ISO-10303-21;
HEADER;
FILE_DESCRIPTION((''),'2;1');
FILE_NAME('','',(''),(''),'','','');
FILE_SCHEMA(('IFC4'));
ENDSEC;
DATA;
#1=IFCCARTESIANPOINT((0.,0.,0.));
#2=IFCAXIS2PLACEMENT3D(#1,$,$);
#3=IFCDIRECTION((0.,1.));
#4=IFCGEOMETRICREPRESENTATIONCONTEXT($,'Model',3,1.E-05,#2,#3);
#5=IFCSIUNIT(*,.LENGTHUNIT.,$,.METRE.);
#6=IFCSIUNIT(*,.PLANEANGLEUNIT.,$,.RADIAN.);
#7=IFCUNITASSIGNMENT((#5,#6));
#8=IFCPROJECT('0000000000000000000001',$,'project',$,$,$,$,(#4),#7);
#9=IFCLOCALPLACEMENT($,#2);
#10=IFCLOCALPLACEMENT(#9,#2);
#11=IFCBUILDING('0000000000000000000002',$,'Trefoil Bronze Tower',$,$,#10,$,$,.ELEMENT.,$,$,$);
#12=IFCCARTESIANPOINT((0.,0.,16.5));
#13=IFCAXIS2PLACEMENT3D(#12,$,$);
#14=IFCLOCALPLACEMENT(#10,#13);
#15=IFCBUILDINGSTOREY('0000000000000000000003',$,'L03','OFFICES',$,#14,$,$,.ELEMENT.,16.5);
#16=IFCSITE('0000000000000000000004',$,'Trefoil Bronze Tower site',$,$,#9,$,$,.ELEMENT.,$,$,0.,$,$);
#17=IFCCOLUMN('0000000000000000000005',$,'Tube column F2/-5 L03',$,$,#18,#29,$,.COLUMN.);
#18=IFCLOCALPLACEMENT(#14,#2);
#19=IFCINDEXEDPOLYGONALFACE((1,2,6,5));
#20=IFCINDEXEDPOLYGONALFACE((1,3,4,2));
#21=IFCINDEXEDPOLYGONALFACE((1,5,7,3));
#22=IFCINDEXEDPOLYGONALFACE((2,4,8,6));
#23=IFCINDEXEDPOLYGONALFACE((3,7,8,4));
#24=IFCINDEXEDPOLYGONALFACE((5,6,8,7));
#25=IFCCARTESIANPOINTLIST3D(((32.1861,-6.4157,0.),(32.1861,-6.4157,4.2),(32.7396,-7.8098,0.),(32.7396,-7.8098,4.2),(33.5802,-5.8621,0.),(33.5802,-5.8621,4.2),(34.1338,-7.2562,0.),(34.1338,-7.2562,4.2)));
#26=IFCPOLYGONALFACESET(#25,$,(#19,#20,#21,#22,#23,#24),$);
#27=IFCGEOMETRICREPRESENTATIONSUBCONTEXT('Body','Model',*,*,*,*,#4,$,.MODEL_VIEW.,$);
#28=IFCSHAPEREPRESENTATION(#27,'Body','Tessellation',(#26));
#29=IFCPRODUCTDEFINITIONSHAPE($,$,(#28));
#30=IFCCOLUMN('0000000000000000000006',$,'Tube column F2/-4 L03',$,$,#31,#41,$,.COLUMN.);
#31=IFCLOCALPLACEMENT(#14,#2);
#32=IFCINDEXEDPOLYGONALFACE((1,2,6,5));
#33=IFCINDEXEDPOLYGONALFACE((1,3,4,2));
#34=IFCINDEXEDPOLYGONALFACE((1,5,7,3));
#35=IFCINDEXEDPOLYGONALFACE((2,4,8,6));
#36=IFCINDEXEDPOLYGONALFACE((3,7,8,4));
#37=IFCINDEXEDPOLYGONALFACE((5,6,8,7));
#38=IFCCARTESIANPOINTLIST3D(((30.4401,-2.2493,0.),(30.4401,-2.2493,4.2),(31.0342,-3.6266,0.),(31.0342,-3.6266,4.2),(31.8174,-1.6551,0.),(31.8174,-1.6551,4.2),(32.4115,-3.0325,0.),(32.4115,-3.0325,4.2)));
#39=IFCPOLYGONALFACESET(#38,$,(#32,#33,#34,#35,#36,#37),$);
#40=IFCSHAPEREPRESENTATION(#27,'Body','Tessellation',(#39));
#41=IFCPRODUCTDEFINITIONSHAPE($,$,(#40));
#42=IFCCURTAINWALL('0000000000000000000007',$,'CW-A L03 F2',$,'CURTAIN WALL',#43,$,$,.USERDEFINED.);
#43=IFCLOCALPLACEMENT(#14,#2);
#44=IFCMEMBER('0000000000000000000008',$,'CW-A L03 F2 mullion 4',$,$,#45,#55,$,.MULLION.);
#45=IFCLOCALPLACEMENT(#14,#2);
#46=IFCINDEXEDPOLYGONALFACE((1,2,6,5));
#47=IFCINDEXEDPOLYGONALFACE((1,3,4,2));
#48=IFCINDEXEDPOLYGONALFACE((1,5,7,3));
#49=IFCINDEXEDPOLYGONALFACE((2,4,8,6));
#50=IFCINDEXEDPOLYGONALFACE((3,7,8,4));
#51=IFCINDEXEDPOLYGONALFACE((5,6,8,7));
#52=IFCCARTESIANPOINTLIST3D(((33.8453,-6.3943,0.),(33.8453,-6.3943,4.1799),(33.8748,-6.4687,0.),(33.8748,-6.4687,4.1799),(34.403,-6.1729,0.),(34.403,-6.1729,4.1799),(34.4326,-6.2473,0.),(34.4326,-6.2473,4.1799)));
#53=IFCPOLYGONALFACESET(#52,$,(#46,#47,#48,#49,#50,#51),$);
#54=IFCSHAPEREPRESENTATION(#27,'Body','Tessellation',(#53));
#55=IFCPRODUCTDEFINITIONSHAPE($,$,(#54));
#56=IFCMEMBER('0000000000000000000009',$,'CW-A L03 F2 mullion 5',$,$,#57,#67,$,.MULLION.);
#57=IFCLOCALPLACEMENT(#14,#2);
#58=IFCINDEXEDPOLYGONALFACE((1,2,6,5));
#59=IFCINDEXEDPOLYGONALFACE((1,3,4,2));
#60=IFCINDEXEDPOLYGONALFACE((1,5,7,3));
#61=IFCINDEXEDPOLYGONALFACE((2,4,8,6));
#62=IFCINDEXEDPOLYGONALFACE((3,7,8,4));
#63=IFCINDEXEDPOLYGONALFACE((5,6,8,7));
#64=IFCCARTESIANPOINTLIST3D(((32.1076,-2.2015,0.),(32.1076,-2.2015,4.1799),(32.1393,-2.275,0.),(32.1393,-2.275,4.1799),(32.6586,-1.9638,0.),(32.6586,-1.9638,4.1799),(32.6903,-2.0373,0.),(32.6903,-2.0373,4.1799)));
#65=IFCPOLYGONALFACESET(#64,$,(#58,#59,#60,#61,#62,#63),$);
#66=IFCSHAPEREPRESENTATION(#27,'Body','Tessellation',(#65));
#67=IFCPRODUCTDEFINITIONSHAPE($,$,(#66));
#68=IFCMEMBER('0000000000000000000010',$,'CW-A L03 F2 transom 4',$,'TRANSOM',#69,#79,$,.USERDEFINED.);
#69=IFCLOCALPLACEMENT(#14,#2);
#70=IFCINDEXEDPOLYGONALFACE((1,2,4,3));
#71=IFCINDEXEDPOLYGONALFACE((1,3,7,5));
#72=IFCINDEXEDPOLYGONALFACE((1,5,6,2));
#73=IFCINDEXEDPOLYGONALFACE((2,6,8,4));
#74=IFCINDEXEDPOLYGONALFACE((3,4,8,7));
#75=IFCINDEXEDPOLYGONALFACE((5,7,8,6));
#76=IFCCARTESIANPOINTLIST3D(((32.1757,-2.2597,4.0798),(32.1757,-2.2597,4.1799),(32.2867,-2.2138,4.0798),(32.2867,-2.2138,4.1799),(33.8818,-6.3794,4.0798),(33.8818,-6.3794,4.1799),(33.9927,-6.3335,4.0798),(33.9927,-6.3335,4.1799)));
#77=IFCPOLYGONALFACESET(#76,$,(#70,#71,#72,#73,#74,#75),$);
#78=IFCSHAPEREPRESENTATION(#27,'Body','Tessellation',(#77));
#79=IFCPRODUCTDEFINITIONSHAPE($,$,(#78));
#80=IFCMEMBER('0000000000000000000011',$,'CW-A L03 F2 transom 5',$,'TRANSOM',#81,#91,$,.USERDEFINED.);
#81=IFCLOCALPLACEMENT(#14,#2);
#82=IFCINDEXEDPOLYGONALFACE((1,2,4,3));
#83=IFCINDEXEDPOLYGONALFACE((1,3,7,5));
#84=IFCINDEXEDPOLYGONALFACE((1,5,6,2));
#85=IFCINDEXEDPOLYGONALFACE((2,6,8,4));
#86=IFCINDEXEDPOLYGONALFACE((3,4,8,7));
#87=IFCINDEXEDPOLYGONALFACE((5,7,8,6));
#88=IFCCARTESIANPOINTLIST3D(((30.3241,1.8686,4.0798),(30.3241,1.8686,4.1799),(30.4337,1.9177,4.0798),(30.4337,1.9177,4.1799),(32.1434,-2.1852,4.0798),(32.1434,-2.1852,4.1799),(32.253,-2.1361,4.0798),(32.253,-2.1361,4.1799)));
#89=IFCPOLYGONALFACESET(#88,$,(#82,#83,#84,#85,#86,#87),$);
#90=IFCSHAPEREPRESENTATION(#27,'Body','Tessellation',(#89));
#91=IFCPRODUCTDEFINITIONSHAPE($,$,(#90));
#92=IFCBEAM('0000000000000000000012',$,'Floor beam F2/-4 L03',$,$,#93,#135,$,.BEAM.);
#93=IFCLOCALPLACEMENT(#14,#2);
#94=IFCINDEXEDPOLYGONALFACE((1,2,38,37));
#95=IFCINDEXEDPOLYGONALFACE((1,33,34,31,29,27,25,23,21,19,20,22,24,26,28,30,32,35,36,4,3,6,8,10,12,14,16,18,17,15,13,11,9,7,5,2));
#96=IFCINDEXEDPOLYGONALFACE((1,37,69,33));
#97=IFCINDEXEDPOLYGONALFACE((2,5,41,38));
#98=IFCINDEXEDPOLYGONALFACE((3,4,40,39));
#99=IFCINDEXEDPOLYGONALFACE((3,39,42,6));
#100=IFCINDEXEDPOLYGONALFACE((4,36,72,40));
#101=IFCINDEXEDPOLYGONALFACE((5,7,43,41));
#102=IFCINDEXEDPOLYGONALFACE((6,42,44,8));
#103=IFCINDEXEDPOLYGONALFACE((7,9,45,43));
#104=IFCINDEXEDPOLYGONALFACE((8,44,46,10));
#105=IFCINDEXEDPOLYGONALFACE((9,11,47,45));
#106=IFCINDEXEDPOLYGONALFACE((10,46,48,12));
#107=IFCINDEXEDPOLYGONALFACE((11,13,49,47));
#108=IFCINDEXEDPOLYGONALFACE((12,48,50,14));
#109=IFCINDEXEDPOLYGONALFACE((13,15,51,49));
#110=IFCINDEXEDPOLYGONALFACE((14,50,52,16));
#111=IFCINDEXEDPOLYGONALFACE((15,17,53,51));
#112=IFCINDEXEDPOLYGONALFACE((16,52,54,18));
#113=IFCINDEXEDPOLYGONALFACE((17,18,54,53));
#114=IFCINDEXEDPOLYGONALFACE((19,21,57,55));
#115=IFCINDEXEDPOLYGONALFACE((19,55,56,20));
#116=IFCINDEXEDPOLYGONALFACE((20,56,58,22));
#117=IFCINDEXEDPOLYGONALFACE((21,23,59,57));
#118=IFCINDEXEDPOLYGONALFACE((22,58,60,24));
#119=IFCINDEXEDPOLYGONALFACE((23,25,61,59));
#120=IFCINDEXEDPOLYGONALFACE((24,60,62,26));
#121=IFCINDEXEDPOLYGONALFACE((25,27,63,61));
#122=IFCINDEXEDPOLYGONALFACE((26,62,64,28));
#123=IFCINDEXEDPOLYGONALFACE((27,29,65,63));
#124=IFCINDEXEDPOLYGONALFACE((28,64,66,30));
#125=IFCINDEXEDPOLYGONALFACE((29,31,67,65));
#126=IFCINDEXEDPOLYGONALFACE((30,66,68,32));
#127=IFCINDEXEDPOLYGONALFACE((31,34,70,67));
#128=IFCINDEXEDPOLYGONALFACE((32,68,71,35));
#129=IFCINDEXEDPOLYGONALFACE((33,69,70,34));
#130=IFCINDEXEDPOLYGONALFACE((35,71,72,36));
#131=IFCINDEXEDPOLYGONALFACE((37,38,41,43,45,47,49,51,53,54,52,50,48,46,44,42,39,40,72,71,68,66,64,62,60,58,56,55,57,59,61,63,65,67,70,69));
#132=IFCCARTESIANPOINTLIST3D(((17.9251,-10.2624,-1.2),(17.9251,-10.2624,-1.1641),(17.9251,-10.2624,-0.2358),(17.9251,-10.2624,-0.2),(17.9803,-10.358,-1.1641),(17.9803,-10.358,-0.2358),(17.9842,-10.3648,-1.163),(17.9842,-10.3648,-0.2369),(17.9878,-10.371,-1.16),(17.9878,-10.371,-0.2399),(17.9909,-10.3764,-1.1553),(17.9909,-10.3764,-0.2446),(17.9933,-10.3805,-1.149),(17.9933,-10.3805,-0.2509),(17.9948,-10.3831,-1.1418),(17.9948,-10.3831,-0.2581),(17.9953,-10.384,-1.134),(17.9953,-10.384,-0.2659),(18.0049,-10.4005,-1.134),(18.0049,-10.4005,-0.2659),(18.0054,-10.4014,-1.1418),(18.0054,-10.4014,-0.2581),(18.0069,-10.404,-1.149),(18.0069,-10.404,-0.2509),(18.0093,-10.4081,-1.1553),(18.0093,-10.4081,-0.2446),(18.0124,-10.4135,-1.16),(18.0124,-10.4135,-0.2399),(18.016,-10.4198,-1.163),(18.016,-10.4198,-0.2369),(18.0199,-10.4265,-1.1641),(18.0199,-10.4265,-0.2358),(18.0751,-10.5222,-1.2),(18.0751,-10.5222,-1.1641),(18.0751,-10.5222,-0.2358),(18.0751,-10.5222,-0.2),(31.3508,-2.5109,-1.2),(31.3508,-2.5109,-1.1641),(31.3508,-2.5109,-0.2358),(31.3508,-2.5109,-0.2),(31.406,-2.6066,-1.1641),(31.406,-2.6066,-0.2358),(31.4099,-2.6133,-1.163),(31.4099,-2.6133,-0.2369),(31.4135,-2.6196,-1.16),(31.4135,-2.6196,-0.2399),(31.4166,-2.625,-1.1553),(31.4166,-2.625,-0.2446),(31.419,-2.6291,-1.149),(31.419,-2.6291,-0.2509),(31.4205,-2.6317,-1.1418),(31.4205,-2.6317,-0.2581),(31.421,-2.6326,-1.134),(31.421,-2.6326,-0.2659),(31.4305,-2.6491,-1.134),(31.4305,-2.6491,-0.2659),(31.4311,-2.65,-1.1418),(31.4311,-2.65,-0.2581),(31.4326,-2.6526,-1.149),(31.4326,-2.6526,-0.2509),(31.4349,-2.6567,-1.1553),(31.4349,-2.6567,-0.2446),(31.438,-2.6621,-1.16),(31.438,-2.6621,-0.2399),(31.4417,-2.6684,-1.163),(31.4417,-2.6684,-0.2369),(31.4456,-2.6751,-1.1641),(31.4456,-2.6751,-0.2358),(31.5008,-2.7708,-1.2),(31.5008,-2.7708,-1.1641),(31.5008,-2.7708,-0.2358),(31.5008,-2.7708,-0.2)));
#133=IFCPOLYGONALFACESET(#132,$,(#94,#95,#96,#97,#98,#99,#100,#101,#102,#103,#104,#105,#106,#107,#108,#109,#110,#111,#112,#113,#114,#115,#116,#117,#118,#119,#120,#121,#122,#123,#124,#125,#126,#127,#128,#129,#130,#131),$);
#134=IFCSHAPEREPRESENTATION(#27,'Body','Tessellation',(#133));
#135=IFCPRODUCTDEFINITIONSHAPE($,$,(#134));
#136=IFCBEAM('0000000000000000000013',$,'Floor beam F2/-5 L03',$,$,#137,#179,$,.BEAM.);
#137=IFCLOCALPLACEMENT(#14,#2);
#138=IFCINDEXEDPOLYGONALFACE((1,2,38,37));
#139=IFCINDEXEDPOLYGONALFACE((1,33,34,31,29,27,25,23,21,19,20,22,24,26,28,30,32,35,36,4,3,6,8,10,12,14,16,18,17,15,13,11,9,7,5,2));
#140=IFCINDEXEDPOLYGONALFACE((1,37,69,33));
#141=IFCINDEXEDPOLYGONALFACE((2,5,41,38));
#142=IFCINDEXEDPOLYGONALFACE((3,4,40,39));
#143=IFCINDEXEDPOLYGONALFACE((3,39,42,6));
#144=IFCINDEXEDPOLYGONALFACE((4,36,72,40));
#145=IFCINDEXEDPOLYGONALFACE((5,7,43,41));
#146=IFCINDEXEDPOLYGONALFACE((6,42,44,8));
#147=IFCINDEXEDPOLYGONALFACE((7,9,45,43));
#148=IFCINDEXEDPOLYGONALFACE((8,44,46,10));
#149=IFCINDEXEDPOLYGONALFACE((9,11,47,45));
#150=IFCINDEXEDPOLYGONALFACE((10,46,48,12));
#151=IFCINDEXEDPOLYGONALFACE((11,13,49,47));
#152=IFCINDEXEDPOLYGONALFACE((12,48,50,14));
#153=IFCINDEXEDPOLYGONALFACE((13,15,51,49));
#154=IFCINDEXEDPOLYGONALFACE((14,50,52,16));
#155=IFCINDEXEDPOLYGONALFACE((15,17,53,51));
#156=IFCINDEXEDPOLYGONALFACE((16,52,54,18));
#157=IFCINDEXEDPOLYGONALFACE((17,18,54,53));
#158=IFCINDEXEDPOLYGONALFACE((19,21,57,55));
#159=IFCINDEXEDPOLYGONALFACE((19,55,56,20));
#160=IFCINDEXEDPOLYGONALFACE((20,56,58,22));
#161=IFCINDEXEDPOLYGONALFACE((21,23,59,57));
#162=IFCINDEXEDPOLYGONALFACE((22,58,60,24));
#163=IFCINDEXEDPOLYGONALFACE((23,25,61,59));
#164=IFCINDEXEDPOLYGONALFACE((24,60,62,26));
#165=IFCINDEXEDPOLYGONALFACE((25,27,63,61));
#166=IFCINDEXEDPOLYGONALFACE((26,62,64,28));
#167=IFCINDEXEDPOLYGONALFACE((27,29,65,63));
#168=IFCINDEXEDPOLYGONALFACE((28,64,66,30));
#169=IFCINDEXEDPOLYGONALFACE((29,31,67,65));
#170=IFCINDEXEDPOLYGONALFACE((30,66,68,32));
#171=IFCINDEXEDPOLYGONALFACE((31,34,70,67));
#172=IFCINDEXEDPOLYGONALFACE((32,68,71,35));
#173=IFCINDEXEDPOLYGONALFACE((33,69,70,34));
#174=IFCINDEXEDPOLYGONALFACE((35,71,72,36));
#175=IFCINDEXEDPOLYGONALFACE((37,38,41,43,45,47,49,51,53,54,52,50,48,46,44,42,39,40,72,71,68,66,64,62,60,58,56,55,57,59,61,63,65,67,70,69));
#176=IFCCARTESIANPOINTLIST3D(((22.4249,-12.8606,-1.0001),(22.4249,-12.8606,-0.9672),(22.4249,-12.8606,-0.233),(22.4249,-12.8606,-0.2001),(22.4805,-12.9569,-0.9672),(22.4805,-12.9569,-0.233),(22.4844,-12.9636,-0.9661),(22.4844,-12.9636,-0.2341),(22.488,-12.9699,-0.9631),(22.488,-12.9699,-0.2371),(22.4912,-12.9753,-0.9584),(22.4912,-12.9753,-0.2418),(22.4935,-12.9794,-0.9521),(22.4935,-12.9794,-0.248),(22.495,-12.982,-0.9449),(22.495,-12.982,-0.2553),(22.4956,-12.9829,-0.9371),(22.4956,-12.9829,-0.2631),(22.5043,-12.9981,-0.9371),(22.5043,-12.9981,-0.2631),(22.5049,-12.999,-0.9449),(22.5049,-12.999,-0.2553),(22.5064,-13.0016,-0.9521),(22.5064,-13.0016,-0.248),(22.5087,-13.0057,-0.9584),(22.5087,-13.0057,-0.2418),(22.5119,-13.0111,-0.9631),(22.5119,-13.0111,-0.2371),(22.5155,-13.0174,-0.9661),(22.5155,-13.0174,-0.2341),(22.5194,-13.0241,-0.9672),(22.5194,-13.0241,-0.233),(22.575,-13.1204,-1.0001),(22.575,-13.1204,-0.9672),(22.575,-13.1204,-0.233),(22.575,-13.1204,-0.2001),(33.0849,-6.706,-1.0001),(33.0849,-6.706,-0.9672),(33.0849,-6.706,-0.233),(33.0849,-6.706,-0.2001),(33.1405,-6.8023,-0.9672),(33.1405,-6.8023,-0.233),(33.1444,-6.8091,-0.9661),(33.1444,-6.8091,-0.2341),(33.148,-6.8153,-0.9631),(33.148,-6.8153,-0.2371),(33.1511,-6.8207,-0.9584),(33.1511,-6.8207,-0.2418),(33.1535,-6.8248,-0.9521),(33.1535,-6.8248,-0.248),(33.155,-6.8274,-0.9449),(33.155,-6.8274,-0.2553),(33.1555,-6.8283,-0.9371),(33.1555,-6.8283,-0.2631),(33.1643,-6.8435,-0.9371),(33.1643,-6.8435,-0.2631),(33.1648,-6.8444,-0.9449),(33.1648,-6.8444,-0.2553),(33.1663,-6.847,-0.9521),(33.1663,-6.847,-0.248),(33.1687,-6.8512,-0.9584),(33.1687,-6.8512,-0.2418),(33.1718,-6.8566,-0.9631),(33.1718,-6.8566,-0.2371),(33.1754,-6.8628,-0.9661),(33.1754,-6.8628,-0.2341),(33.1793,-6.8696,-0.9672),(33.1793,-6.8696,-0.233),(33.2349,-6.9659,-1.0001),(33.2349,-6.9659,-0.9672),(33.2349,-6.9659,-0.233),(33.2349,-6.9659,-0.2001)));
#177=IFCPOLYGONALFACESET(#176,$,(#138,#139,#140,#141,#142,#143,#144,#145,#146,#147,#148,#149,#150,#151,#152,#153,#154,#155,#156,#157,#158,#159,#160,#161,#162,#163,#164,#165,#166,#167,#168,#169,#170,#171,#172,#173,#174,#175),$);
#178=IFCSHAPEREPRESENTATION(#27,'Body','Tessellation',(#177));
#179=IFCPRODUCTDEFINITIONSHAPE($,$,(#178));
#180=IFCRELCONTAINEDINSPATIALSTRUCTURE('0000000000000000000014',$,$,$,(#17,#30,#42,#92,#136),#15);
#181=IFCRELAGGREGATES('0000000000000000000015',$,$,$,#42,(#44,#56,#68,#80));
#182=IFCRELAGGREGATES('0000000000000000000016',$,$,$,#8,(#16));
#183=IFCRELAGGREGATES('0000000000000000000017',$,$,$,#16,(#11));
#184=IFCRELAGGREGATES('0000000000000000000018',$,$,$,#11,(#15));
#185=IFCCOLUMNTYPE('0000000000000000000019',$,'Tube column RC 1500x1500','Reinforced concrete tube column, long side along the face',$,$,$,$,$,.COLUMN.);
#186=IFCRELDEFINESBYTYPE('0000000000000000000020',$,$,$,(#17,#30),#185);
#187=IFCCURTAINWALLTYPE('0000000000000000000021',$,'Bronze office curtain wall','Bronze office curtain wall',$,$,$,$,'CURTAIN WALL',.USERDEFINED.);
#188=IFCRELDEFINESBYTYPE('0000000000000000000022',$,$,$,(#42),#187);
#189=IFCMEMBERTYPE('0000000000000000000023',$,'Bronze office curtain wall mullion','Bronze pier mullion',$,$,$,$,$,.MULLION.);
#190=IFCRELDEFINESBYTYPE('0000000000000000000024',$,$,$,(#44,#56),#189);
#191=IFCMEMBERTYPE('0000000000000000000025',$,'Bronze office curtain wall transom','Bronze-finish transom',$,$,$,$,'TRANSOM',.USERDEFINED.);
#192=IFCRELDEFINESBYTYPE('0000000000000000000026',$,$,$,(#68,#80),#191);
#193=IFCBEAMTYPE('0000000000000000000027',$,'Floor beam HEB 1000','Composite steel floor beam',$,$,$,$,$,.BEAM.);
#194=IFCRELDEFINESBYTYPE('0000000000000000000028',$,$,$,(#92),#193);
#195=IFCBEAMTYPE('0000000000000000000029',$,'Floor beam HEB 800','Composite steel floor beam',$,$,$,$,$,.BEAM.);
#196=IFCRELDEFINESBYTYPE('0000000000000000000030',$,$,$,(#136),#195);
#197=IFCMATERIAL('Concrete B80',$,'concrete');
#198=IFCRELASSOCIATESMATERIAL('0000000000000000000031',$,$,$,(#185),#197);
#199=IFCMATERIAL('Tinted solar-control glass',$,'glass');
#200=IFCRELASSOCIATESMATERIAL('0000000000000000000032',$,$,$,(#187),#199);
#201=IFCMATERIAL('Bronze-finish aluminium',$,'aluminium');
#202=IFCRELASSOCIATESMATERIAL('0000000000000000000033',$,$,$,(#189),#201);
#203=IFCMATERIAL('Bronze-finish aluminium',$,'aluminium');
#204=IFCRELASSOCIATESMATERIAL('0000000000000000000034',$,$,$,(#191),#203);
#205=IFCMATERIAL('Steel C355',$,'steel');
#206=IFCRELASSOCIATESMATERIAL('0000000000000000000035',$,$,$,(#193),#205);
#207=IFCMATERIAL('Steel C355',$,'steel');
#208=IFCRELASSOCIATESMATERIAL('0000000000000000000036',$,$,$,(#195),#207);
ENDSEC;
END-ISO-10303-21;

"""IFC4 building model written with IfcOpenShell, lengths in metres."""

from ifc_helpers import new_model, si_unit, direction, frame, origin, origin_2d, place, context, subcontext, project, spatial, rectangle, i_section, extrude, material, material_profile, profile_set, type_object, element, aggregate, save


model = new_model("IFC4")

# Units and contexts
model_context = context("Model", 3, precision=1e-05, world=origin(), true_north=direction((0.0, 1.0)))
body_context = subcontext(model_context, "Body", "Model", "MODEL_VIEW")
ifc_project = project(units=[si_unit("LENGTHUNIT", "METRE"), si_unit("PLANEANGLEUNIT", "RADIAN")], contexts=[model_context])

# Site, building, storey
site_placement = place(None, origin())
site = spatial("IfcSite", under=ifc_project, at=site_placement, Name="Trefoil Bronze Tower site", CompositionType="ELEMENT", RefElevation=0.0)
building_placement = place(site_placement, origin())
building = spatial("IfcBuilding", under=site, at=building_placement, Name="Trefoil Bronze Tower", CompositionType="ELEMENT")
storey_placement = place(building_placement, frame((0.0, 0.0, 16.5)))
storey = spatial("IfcBuildingStorey", under=building, at=storey_placement, Name="L03", Description="OFFICES", CompositionType="ELEMENT", Elevation=16.5)

# Columns
ifc_material_1 = material(Name="Concrete B80", Category="concrete")
ifc_material_profile_1 = material_profile(ifc_material_1, rectangle(XDim=1.5, YDim=1.5, at=origin_2d()), Name="RC 1500x1500")
ifc_profile_set_1 = profile_set([ifc_material_profile_1], Name="Concrete B80")
column_type = type_object("IfcColumnType", Name="Tube column RC 1500x1500", Description="Reinforced concrete tube column, long side along the face", PredefinedType="COLUMN", material=ifc_profile_set_1)
for number, where, z_axis, x_axis, name in (
    (1, (33.1599, -6.8359, 0.0), (0.0, 0.0, 1.0), (-0.36904, 0.929414, 0.0), "Tube column F2/-5 L03"),
    (2, (31.4258, -2.6409, 0.0), (0.0, 0.0, 1.0), (-0.396085, 0.918214, 0.0), "Tube column F2/-4 L03"),
):
    element("IfcColumn", number, at=place(storey_placement, frame(where, z_axis=z_axis, x_axis=x_axis)), inside=storey, type_object=column_type, Name=name, PredefinedType="COLUMN", context=body_context, shape_type="SweptSolid", body=[
        extrude(rectangle(XDim=1.5, YDim=1.5, at=origin_2d()), origin(), (0.0, 0.0, 1.0), 4.2),
    ])

# Curtain wall, members
ifc_material_2 = material(Name="Tinted solar-control glass", Category="glass")
curtain_wall_type = type_object("IfcCurtainWallType", Name="Bronze office curtain wall", Description="Bronze office curtain wall", ElementType="CURTAIN WALL", PredefinedType="USERDEFINED", material=ifc_material_2)
curtain_wall_placement = place(storey_placement, origin())
curtain_wall = element("IfcCurtainWall", 3, at=curtain_wall_placement, inside=storey, type_object=curtain_wall_type, Name="CW-A L03 F2", ObjectType="CURTAIN WALL", PredefinedType="USERDEFINED")
ifc_material_3 = material(Name="Bronze-finish aluminium", Category="aluminium")
ifc_material_profile_2 = material_profile(ifc_material_3, rectangle(XDim=0.6001, YDim=0.0801, at=origin_2d()), Name="CW-A mullion")
ifc_profile_set_2 = profile_set([ifc_material_profile_2], Name="Bronze-finish aluminium")
member_type_1 = type_object("IfcMemberType", Name="Bronze office curtain wall mullion", Description="Bronze pier mullion", PredefinedType="MULLION", material=ifc_profile_set_2)
member_1_placement = place(storey_placement, frame((34.1389, -6.3208, 0.0), z_axis=(0.0, 0.0, 1.0), x_axis=(-0.929414, -0.36904, 0.0)))
member_1 = element("IfcMember", 4, at=member_1_placement, type_object=member_type_1, Name="CW-A L03 F2 mullion 4", PredefinedType="MULLION", context=body_context, shape_type="SweptSolid", body=[
    extrude(rectangle(XDim=0.6001, YDim=0.0801, at=origin_2d()), origin(), (0.0, 0.0, 1.0), 4.1799),
])
member_2_placement = place(storey_placement, frame((32.3989, -2.1194, 0.0), z_axis=(0.0, 0.0, 1.0), x_axis=(-0.918214, -0.396085, 0.0)))
member_2 = element("IfcMember", 5, at=member_2_placement, type_object=member_type_1, Name="CW-A L03 F2 mullion 5", PredefinedType="MULLION", context=body_context, shape_type="SweptSolid", body=[
    extrude(rectangle(XDim=0.6001, YDim=0.0801, at=origin_2d()), origin(), (0.0, 0.0, 1.0), 4.1799),
])
ifc_material_4 = material(Name="Bronze-finish aluminium", Category="aluminium")
ifc_material_profile_3 = material_profile(ifc_material_4, rectangle(XDim=0.1201, YDim=0.1001, at=origin_2d()), Name="CW-A transom")
ifc_profile_set_3 = profile_set([ifc_material_profile_3], Name="Bronze-finish aluminium")
member_type_2 = type_object("IfcMemberType", Name="Bronze office curtain wall transom", Description="Bronze-finish transom", ElementType="TRANSOM", PredefinedType="USERDEFINED", material=ifc_profile_set_3)
member_3_placement = place(storey_placement, frame((33.9373, -6.3564, 4.1299), z_axis=(-0.382616, 0.923907, 0.0), x_axis=(-0.923907, -0.382616, 0.0)))
member_3 = element("IfcMember", 6, at=member_3_placement, type_object=member_type_2, Name="CW-A L03 F2 transom 4", ObjectType="TRANSOM", PredefinedType="USERDEFINED", context=body_context, shape_type="SweptSolid", body=[
    extrude(rectangle(XDim=0.1201, YDim=0.1001, at=origin_2d()), origin(), (0.0, 0.0, 1.0), 4.459),
])
member_4_placement = place(storey_placement, frame((32.1982, -2.1606, 4.1299), z_axis=(-0.40946, 0.912328, 0.0), x_axis=(-0.912328, -0.40946, 0.0)))
member_4 = element("IfcMember", 7, at=member_4_placement, type_object=member_type_2, Name="CW-A L03 F2 transom 5", ObjectType="TRANSOM", PredefinedType="USERDEFINED", context=body_context, shape_type="SweptSolid", body=[
    extrude(rectangle(XDim=0.1201, YDim=0.1001, at=origin_2d()), origin(), (0.0, 0.0, 1.0), 4.4434),
])

# Beams
ifc_material_5 = material(Name="Steel C355", Category="steel")
ifc_material_profile_4 = material_profile(ifc_material_5, i_section(OverallWidth=0.3, OverallDepth=1.0, WebThickness=0.019, FlangeThickness=0.0359, FilletRadius=0.03, at=origin_2d()), Name="HEB 1000")
ifc_profile_set_4 = profile_set([ifc_material_profile_4], Name="Steel C355")
beam_type_1 = type_object("IfcBeamType", Name="Floor beam HEB 1000", Description="Composite steel floor beam", PredefinedType="BEAM", material=ifc_profile_set_4)
beam_1_placement = place(storey_placement, frame((31.4258, -2.6409, -0.7), z_axis=(-0.866023, -0.500004, 0.0), x_axis=(0.500004, -0.866023, 0.0)))
element("IfcBeam", 8, at=beam_1_placement, inside=storey, type_object=beam_type_1, Name="Floor beam F2/-4 L03", PredefinedType="BEAM", context=body_context, shape_type="SweptSolid", body=[
    extrude(i_section(OverallWidth=0.3, OverallDepth=1.0, WebThickness=0.019, FlangeThickness=0.0359, FilletRadius=0.03, at=origin_2d()), origin(), (0.0, 0.0, 1.0), 15.5027),
])
ifc_material_6 = material(Name="Steel C355", Category="steel")
ifc_material_profile_5 = material_profile(ifc_material_6, i_section(OverallWidth=0.3, OverallDepth=0.8, WebThickness=0.0176, FlangeThickness=0.033, FilletRadius=0.03, at=origin_2d()), Name="HEB 800")
ifc_profile_set_5 = profile_set([ifc_material_profile_5], Name="Steel C355")
beam_type_2 = type_object("IfcBeamType", Name="Floor beam HEB 800", Description="Composite steel floor beam", PredefinedType="BEAM", material=ifc_profile_set_5)
beam_2_placement = place(storey_placement, frame((33.1599, -6.8359, -0.6001), z_axis=(-0.866024, -0.500002, 0.0), x_axis=(0.500002, -0.866024, 0.0)))
element("IfcBeam", 9, at=beam_2_placement, inside=storey, type_object=beam_type_2, Name="Floor beam F2/-5 L03", PredefinedType="BEAM", context=body_context, shape_type="SweptSolid", body=[
    extrude(i_section(OverallWidth=0.3, OverallDepth=0.8, WebThickness=0.0176, FlangeThickness=0.033, FilletRadius=0.03, at=origin_2d()), origin(), (0.0, 0.0, 1.0), 12.3091),
])

aggregate(curtain_wall, [member_1, member_2, member_3, member_4])

save(model, "model.ifc")
